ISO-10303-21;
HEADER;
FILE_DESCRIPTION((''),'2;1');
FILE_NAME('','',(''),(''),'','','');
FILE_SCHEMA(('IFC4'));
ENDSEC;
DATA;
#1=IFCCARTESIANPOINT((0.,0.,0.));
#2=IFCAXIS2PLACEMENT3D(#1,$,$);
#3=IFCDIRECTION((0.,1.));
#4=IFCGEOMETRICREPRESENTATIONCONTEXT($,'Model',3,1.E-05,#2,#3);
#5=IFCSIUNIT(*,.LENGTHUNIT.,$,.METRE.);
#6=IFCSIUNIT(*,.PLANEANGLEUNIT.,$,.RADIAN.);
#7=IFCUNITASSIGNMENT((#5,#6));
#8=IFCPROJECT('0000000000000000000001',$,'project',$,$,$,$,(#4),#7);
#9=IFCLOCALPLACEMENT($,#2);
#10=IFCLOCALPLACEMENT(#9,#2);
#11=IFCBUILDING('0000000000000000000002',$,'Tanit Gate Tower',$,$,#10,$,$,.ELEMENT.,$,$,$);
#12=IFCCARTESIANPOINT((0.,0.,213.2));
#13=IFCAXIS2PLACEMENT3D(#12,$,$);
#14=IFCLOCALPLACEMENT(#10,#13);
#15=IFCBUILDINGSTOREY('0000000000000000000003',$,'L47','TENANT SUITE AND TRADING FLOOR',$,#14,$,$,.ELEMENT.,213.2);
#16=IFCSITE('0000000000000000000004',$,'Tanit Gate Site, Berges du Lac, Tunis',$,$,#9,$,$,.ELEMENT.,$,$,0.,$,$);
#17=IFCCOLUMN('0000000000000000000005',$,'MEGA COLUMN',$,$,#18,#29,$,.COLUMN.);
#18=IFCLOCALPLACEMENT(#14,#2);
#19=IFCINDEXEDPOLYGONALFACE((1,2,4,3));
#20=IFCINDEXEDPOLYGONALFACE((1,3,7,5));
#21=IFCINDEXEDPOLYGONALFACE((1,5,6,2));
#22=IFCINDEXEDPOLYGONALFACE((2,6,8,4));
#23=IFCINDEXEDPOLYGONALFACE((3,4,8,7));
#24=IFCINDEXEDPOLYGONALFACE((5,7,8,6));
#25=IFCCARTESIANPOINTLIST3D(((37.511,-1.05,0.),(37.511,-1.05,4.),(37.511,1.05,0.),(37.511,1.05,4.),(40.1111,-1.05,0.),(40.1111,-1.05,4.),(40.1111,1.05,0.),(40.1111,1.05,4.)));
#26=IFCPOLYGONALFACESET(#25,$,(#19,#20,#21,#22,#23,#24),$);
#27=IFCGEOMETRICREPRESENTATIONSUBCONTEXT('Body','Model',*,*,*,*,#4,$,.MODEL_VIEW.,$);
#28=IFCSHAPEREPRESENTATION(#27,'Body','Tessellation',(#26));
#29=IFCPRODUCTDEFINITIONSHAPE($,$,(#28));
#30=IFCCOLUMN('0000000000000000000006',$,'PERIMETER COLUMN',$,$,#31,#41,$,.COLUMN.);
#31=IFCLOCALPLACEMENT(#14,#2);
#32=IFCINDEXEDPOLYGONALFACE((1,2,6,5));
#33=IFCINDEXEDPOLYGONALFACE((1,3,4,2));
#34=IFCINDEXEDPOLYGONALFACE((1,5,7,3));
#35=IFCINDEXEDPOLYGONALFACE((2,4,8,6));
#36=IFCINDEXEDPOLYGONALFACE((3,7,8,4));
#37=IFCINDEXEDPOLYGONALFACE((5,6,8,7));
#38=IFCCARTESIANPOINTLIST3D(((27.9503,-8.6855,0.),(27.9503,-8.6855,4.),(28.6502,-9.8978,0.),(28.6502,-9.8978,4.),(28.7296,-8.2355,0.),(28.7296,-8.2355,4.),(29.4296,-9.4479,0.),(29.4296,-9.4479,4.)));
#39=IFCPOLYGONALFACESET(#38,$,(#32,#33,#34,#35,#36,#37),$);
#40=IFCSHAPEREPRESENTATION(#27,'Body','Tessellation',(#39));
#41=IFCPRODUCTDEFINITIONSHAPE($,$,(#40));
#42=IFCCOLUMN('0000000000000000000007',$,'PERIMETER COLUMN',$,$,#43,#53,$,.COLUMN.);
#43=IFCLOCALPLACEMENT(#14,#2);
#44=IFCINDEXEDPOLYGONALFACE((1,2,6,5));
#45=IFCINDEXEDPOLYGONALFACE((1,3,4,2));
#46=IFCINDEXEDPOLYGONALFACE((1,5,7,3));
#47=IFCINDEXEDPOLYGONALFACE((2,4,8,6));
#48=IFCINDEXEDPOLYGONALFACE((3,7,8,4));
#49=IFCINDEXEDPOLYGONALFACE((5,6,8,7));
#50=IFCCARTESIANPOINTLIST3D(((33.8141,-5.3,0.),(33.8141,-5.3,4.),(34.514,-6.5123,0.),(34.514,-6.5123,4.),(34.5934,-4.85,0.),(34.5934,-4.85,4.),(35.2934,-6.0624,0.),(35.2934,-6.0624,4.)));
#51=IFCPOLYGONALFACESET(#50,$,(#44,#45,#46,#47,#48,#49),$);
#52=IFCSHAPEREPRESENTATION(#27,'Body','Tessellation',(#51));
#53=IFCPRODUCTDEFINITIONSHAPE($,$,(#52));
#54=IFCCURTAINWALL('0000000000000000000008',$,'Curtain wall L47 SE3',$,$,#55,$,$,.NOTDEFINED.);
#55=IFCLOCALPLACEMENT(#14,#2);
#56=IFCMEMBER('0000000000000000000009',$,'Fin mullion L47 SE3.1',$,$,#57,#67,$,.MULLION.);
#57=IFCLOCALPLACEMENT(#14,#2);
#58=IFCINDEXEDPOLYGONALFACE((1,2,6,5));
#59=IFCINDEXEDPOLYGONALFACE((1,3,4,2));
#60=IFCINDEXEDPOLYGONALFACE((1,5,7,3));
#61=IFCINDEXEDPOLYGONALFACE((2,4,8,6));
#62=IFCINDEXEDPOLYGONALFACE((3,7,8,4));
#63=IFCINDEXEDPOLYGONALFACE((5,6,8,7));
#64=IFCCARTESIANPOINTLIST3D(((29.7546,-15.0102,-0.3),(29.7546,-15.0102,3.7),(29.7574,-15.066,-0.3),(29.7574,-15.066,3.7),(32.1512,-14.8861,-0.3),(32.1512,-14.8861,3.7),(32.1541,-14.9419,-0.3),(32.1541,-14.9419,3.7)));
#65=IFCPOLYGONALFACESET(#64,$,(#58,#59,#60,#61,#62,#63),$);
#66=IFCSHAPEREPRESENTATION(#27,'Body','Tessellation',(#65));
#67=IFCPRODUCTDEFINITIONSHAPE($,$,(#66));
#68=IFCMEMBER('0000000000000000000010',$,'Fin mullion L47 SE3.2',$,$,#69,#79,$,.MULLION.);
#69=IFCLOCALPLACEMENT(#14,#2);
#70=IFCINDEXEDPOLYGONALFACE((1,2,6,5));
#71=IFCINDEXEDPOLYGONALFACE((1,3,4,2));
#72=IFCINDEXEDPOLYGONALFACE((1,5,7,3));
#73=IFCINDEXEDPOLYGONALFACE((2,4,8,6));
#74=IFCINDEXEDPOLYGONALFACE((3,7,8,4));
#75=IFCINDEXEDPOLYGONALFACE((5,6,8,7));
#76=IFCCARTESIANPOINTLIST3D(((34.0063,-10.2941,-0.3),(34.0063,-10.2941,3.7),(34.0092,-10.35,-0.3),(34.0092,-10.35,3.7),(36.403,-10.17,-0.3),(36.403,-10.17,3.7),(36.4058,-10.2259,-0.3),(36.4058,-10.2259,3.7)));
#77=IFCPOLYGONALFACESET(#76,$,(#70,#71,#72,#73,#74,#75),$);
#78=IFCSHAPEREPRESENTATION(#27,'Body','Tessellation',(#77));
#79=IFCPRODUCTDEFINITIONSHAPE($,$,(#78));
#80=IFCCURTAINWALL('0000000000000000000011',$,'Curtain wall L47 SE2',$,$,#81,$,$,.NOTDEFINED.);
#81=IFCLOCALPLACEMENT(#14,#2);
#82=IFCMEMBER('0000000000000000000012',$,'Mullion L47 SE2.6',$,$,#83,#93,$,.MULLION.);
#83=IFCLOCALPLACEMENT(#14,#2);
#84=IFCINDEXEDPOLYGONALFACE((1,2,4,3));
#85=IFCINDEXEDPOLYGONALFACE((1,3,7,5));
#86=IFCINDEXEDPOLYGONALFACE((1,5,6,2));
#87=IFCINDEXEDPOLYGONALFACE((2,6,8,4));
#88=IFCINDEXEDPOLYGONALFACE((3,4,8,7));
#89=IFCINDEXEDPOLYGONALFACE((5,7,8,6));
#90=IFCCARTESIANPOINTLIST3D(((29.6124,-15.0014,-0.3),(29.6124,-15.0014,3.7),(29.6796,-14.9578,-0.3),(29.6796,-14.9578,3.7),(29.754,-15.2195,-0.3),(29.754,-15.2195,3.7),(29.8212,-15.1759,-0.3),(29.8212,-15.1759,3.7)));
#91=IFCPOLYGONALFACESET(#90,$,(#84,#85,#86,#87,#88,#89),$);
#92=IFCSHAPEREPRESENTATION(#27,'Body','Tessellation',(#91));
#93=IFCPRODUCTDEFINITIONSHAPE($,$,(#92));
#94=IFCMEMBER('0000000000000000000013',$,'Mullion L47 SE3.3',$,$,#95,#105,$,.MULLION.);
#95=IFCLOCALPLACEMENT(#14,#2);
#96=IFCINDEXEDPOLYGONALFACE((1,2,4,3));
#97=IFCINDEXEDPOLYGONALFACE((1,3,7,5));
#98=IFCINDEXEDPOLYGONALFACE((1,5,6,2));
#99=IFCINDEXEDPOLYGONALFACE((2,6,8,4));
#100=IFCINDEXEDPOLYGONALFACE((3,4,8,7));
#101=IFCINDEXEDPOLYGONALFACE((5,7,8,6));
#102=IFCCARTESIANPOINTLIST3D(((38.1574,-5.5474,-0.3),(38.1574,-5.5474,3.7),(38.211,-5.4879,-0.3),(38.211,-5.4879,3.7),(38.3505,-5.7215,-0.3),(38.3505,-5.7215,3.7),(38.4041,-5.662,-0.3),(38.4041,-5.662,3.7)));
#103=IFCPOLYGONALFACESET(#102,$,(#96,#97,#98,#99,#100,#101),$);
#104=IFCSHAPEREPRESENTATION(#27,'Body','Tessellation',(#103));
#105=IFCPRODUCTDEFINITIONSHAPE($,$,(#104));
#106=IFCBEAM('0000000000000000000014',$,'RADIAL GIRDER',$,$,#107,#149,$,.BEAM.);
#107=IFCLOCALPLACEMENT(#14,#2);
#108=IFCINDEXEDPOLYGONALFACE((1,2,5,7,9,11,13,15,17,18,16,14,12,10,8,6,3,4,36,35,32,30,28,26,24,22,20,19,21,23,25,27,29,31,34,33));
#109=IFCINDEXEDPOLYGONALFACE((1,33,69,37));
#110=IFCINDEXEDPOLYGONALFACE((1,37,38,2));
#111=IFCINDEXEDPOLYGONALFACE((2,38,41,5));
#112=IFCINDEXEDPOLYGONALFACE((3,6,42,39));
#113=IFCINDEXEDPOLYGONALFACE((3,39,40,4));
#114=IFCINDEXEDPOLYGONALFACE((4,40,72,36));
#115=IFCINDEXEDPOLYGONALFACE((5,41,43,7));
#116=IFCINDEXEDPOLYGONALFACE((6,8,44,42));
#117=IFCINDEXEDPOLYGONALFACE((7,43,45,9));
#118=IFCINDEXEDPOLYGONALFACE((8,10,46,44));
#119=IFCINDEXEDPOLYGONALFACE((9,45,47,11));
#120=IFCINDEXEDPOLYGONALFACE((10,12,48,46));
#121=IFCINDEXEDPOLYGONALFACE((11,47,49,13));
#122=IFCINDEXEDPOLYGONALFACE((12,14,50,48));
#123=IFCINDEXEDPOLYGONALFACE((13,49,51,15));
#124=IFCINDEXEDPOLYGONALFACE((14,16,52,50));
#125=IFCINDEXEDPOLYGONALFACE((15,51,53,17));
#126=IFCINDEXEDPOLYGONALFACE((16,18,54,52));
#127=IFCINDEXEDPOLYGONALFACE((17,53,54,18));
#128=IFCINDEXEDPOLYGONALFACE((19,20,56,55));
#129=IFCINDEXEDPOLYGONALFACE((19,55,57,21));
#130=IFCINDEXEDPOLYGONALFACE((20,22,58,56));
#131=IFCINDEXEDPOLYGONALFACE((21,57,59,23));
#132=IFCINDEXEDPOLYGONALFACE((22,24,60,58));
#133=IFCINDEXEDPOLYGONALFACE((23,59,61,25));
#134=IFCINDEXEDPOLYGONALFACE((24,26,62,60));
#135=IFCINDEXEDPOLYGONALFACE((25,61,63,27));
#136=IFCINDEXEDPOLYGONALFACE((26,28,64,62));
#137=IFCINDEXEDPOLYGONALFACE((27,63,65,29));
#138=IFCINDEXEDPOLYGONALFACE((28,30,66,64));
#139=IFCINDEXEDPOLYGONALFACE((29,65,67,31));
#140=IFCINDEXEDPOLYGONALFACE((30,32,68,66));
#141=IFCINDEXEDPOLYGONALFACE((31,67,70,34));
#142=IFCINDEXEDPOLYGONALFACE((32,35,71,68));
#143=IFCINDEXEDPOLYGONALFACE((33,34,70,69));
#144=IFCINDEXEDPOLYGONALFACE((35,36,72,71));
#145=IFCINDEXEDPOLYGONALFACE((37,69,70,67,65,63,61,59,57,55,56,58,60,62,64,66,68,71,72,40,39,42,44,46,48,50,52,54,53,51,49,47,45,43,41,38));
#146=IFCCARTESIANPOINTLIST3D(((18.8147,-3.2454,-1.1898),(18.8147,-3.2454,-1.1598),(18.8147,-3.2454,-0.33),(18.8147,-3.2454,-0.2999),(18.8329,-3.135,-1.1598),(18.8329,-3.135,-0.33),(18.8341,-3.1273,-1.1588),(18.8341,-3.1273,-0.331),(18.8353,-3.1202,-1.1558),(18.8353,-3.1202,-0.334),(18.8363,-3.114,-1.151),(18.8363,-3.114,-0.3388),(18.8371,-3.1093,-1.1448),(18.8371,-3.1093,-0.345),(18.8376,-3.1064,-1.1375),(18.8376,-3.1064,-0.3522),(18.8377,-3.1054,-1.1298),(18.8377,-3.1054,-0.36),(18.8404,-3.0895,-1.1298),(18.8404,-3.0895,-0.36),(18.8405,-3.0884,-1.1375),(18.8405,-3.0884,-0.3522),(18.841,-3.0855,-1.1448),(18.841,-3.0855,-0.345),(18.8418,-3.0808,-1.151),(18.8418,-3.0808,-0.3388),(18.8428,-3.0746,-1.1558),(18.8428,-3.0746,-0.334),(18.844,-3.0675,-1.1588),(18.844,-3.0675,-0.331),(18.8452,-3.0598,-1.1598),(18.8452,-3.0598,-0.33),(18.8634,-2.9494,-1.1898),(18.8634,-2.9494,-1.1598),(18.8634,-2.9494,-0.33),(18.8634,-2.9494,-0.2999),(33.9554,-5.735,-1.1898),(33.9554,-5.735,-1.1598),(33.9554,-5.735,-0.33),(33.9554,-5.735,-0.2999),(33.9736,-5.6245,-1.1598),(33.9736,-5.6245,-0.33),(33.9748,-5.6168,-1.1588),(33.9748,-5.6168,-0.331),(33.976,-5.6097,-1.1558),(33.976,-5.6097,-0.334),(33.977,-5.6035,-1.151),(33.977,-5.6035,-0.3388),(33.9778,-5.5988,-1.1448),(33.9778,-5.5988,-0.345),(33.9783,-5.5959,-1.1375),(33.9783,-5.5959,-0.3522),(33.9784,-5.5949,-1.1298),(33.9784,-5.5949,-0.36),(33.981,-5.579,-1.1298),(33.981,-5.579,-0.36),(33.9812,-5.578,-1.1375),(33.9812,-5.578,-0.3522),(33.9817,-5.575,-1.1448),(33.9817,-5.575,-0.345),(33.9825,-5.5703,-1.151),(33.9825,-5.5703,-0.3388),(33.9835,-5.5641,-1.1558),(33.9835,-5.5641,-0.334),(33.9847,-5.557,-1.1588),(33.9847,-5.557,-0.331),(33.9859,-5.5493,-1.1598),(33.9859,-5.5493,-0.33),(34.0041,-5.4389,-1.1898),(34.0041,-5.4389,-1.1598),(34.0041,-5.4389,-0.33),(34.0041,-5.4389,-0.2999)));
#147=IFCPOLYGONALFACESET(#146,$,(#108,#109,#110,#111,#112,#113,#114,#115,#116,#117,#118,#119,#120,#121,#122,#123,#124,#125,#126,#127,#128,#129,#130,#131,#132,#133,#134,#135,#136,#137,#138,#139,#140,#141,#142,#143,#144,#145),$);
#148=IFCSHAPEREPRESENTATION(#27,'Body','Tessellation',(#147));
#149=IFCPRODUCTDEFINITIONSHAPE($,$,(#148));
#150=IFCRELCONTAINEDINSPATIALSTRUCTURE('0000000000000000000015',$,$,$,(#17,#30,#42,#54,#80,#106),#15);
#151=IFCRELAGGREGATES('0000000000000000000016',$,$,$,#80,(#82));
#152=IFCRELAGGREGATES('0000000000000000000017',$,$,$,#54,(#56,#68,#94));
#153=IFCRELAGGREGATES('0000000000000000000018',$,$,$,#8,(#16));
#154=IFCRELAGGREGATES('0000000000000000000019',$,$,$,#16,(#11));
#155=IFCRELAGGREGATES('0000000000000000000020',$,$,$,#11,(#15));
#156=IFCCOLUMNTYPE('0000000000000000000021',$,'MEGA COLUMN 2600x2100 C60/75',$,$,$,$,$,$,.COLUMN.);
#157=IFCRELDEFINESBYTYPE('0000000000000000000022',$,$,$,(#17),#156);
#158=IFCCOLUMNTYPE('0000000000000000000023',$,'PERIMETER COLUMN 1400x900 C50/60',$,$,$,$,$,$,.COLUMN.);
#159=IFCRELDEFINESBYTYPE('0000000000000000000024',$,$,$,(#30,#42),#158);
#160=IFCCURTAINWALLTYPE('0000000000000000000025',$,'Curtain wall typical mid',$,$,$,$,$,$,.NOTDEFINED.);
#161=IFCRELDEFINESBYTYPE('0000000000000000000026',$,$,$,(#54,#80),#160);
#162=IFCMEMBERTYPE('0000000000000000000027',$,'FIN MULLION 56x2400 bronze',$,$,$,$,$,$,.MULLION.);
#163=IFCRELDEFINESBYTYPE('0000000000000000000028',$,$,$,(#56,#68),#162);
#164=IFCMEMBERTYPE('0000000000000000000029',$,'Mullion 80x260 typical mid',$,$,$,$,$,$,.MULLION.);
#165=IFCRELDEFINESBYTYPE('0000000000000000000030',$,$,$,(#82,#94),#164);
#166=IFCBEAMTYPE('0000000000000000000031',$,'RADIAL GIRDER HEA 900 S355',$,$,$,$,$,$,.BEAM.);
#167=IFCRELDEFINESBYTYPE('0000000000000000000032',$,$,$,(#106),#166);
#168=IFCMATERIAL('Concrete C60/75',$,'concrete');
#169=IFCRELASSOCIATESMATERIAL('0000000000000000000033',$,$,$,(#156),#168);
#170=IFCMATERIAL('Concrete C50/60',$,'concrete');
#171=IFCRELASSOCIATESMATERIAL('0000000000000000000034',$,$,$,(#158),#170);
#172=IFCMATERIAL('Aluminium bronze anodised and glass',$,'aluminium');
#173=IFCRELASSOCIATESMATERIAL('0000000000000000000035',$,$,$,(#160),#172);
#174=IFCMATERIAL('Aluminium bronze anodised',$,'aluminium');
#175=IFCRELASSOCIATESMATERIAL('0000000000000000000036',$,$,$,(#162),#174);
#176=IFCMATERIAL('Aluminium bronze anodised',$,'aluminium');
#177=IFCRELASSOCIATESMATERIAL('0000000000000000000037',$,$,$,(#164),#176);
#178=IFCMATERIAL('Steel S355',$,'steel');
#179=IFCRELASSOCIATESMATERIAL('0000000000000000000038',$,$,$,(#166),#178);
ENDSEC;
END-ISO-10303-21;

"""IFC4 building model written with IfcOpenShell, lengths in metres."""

from ifc_helpers import new_model, si_unit, direction, frame, origin, origin_2d, place, context, subcontext, project, spatial, rectangle, i_section, extrude, material, material_profile, profile_set, type_object, element, aggregate, save


model = new_model("IFC4")

# Units and contexts
model_context = context("Model", 3, precision=1e-05, world=origin(), true_north=direction((0.0, 1.0)))
body_context = subcontext(model_context, "Body", "Model", "MODEL_VIEW")
ifc_project = project(units=[si_unit("LENGTHUNIT", "METRE"), si_unit("PLANEANGLEUNIT", "RADIAN")], contexts=[model_context])

# Site, building, storey
site_placement = place(None, origin())
site = spatial("IfcSite", under=ifc_project, at=site_placement, Name="Tanit Gate Site, Berges du Lac, Tunis", CompositionType="ELEMENT", RefElevation=0.0)
building_placement = place(site_placement, origin())
building = spatial("IfcBuilding", under=site, at=building_placement, Name="Tanit Gate Tower", CompositionType="ELEMENT")
storey_placement = place(building_placement, frame((0.0, 0.0, 213.2)))
storey = spatial("IfcBuildingStorey", under=building, at=storey_placement, Name="L47", Description="TENANT SUITE AND TRADING FLOOR", CompositionType="ELEMENT", Elevation=213.2)

# Columns
ifc_material_1 = material(Name="Concrete C60/75", Category="concrete")
ifc_material_profile_1 = material_profile(ifc_material_1, rectangle(XDim=2.6001, YDim=2.1001, at=origin_2d()), Name="RC 2600x2100")
ifc_profile_set_1 = profile_set([ifc_material_profile_1], Name="Concrete C60/75")
column_type_1 = type_object("IfcColumnType", Name="MEGA COLUMN 2600x2100 C60/75", PredefinedType="COLUMN", material=ifc_profile_set_1)
column_placement = place(storey_placement, frame((38.811, 0.0, 0.0), z_axis=(0.0, 0.0, 1.0), x_axis=(1.0, 0.0, 0.0)))
element("IfcColumn", 1, at=column_placement, inside=storey, type_object=column_type_1, Name="MEGA COLUMN", PredefinedType="COLUMN", context=body_context, shape_type="SweptSolid", body=[
    extrude(rectangle(XDim=2.6001, YDim=2.1001, at=origin_2d()), origin(), (0.0, 0.0, 1.0), 4.0),
])
ifc_material_2 = material(Name="Concrete C50/60", Category="concrete")
ifc_material_profile_2 = material_profile(ifc_material_2, rectangle(XDim=1.3999, YDim=0.8999, at=origin_2d()), Name="RC 1400x900")
ifc_profile_set_2 = profile_set([ifc_material_profile_2], Name="Concrete C50/60")
column_type_2 = type_object("IfcColumnType", Name="PERIMETER COLUMN 1400x900 C50/60", PredefinedType="COLUMN", material=ifc_profile_set_2)
for number, where, z_axis, x_axis, name in (
    (2, (28.6899, -9.0667, 0.0), (0.0, 0.0, 1.0), (0.5, -0.866025, 0.0), "PERIMETER COLUMN"),
    (3, (34.5537, -5.6812, 0.0), (0.0, 0.0, 1.0), (0.5, -0.866025, 0.0), "PERIMETER COLUMN"),
):
    element("IfcColumn", number, at=place(storey_placement, frame(where, z_axis=z_axis, x_axis=x_axis)), inside=storey, type_object=column_type_2, Name=name, PredefinedType="COLUMN", context=body_context, shape_type="SweptSolid", body=[
        extrude(rectangle(XDim=1.3999, YDim=0.8999, at=origin_2d()), origin(), (0.0, 0.0, 1.0), 4.0),
    ])

# Curtain wall, members
ifc_material_3 = material(Name="Aluminium bronze anodised and glass", Category="aluminium")
curtain_wall_type = type_object("IfcCurtainWallType", Name="Curtain wall typical mid", PredefinedType="NOTDEFINED", material=ifc_material_3)
curtain_wall_1_placement = place(storey_placement, origin())
curtain_wall_1 = element("IfcCurtainWall", 4, at=curtain_wall_1_placement, inside=storey, type_object=curtain_wall_type, Name="Curtain wall L47 SE3", PredefinedType="NOTDEFINED")
ifc_material_4 = material(Name="Aluminium bronze anodised", Category="aluminium")
ifc_material_profile_3 = material_profile(ifc_material_4, rectangle(XDim=2.3999, YDim=0.0559, at=origin_2d()), Name="56x2400 bronze fin mullion")
ifc_profile_set_3 = profile_set([ifc_material_profile_3], Name="Aluminium bronze anodised")
member_type_1 = type_object("IfcMemberType", Name="FIN MULLION 56x2400 bronze", PredefinedType="MULLION", material=ifc_profile_set_3)
member_1_placement = place(storey_placement, frame((30.9543, -14.9761, -0.3), z_axis=(0.0, 0.0, 1.0), x_axis=(-0.998662, -0.051708, 0.0)))
member_1 = element("IfcMember", 5, at=member_1_placement, type_object=member_type_1, Name="Fin mullion L47 SE3.1", PredefinedType="MULLION", context=body_context, shape_type="SweptSolid", body=[
    extrude(rectangle(XDim=2.3999, YDim=0.0559, at=origin_2d()), origin(), (0.0, 0.0, 1.0), 4.0),
])
member_2_placement = place(storey_placement, frame((35.2061, -10.26, -0.3), z_axis=(0.0, 0.0, 1.0), x_axis=(-0.998662, -0.051708, 0.0)))
member_2 = element("IfcMember", 6, at=member_2_placement, type_object=member_type_1, Name="Fin mullion L47 SE3.2", PredefinedType="MULLION", context=body_context, shape_type="SweptSolid", body=[
    extrude(rectangle(XDim=2.3999, YDim=0.0559, at=origin_2d()), origin(), (0.0, 0.0, 1.0), 4.0),
])

# Curtain wall, member
curtain_wall_2_placement = place(storey_placement, origin())
curtain_wall_2 = element("IfcCurtainWall", 7, at=curtain_wall_2_placement, inside=storey, type_object=curtain_wall_type, Name="Curtain wall L47 SE2", PredefinedType="NOTDEFINED")
ifc_material_5 = material(Name="Aluminium bronze anodised", Category="aluminium")
ifc_material_profile_4 = material_profile(ifc_material_5, rectangle(XDim=0.26, YDim=0.0801, at=origin_2d()), Name="80x260 bronze mullion")
ifc_profile_set_4 = profile_set([ifc_material_profile_4], Name="Aluminium bronze anodised")
member_type_2 = type_object("IfcMemberType", Name="Mullion 80x260 typical mid", PredefinedType="MULLION", material=ifc_profile_set_4)
member_3_placement = place(storey_placement, frame((29.7168, -15.0886, -0.3), z_axis=(0.0, 0.0, 1.0), x_axis=(-0.544359, 0.838852, 0.0)))
member_3 = element("IfcMember", 8, at=member_3_placement, type_object=member_type_2, Name="Mullion L47 SE2.6", PredefinedType="MULLION", context=body_context, shape_type="SweptSolid", body=[
    extrude(rectangle(XDim=0.26, YDim=0.0801, at=origin_2d()), origin(), (0.0, 0.0, 1.0), 4.0),
])
aggregate(curtain_wall_2, [member_3])

# Member
member_4_placement = place(storey_placement, frame((38.2808, -5.6047, -0.3), z_axis=(0.0, 0.0, 1.0), x_axis=(-0.742724, 0.669598, 0.0)))
member_4 = element("IfcMember", 9, at=member_4_placement, type_object=member_type_2, Name="Mullion L47 SE3.3", PredefinedType="MULLION", context=body_context, shape_type="SweptSolid", body=[
    extrude(rectangle(XDim=0.26, YDim=0.0801, at=origin_2d()), origin(), (0.0, 0.0, 1.0), 4.0),
])

# Beam
ifc_material_6 = material(Name="Steel S355", Category="steel")
ifc_material_profile_5 = material_profile(ifc_material_6, i_section(OverallWidth=0.3, OverallDepth=0.8899, WebThickness=0.0161, FlangeThickness=0.03, FilletRadius=0.03, at=origin_2d()), Name="HEA 900")
ifc_profile_set_5 = profile_set([ifc_material_profile_5], Name="Steel S355")
beam_type_1 = type_object("IfcBeamType", Name="RADIAL GIRDER HEA 900 S355", PredefinedType="BEAM", material=ifc_profile_set_5)
beam_1_placement = place(storey_placement, frame((33.9797, -5.5869, -0.7449), z_axis=(-0.98675, 0.162247, 0.0), x_axis=(-0.162247, -0.98675, 0.0)))
element("IfcBeam", 10, at=beam_1_placement, inside=storey, type_object=beam_type_1, Name="RADIAL GIRDER", PredefinedType="BEAM", context=body_context, shape_type="SweptSolid", body=[
    extrude(i_section(OverallWidth=0.3, OverallDepth=0.8899, WebThickness=0.0161, FlangeThickness=0.03, FilletRadius=0.03, at=origin_2d()), origin(), (0.0, 0.0, 1.0), 15.344),
])

aggregate(curtain_wall_1, [member_1, member_2, member_4])

save(model, "model.ifc")
